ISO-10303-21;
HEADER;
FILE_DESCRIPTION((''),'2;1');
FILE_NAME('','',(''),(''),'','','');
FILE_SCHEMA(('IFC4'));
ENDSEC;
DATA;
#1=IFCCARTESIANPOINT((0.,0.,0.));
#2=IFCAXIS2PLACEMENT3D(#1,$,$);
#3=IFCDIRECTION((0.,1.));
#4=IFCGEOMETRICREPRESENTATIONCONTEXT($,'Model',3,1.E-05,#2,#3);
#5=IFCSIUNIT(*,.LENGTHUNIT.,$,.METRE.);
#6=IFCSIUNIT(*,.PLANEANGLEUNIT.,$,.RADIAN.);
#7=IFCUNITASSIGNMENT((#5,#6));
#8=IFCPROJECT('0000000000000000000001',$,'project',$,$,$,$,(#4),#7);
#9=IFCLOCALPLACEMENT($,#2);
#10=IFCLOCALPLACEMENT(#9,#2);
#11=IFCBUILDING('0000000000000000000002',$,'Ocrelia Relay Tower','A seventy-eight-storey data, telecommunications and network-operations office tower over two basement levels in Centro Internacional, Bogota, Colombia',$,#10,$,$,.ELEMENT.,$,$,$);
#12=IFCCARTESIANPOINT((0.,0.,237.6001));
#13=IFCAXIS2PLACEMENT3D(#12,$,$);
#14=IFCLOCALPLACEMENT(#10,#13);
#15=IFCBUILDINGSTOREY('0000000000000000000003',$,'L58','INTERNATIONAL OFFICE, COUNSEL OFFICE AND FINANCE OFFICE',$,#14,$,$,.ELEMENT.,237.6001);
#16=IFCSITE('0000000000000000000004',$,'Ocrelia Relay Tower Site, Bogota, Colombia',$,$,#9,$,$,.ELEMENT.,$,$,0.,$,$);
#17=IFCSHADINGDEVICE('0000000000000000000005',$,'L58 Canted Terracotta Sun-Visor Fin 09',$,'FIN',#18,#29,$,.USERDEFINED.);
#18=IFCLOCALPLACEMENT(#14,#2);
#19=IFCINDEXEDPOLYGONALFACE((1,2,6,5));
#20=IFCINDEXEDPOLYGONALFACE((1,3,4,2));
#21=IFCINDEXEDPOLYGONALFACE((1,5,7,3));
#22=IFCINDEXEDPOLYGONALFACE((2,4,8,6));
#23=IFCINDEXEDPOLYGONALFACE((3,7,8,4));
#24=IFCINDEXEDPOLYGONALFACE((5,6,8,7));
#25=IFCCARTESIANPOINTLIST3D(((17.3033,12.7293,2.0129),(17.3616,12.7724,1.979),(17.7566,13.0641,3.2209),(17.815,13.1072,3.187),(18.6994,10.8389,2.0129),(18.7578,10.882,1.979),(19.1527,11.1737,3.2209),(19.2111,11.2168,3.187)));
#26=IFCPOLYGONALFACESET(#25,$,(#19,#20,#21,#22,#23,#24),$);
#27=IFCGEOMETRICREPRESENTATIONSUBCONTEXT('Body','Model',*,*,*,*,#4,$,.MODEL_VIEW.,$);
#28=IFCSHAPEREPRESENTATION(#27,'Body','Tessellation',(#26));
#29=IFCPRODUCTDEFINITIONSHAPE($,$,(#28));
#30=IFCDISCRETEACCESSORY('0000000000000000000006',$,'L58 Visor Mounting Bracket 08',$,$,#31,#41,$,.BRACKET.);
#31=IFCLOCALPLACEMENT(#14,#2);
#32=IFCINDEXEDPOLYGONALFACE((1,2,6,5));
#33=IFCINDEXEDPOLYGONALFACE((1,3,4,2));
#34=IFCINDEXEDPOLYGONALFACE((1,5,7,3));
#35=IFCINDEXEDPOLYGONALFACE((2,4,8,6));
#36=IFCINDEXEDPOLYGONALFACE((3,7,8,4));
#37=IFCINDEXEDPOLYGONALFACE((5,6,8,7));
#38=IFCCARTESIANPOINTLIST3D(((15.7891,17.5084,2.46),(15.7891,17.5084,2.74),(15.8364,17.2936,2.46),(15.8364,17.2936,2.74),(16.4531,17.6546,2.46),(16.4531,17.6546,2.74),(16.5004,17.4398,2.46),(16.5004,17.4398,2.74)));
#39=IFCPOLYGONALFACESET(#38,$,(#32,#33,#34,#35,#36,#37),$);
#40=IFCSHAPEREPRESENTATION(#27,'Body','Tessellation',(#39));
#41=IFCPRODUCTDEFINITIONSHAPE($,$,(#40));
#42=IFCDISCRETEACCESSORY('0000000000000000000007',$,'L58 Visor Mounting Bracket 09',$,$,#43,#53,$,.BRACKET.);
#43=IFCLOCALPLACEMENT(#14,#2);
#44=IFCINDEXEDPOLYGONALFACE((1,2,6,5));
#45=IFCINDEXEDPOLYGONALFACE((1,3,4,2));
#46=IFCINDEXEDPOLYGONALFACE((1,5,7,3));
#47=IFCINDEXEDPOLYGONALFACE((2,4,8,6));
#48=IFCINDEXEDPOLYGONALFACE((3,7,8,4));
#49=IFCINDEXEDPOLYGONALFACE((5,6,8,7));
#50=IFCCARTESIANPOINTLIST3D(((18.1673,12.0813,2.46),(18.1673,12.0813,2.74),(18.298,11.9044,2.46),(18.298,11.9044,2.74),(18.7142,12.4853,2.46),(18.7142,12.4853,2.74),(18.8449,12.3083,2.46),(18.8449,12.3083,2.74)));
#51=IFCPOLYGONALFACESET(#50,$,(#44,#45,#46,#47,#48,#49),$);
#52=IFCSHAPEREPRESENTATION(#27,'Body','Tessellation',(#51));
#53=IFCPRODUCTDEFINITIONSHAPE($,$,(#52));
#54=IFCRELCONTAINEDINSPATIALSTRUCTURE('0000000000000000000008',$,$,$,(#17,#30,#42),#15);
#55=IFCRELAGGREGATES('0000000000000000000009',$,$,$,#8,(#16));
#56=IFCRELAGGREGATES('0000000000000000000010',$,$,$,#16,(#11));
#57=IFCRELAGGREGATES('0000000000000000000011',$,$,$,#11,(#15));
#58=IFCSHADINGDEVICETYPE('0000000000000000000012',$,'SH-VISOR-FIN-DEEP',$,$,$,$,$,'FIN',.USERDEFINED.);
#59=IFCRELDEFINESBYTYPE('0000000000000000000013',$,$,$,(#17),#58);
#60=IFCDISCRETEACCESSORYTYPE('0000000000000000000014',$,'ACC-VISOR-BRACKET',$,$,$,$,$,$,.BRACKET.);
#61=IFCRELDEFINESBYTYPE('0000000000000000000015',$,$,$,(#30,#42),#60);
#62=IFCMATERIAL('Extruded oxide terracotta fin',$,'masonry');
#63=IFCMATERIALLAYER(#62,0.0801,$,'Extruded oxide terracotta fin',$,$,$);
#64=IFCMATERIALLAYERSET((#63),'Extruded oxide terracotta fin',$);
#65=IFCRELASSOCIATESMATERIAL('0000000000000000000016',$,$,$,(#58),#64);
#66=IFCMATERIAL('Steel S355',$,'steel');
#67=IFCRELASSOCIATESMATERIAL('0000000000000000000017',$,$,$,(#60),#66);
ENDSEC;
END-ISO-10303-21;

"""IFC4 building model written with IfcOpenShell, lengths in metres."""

from ifc_helpers import new_model, si_unit, direction, frame, origin, origin_2d, place, context, subcontext, project, spatial, rectangle, extrude, material, layer, layer_set, type_object, element, save


model = new_model("IFC4")

# Units and contexts
model_context = context("Model", 3, precision=1e-05, world=origin(), true_north=direction((0.0, 1.0)))
body_context = subcontext(model_context, "Body", "Model", "MODEL_VIEW")
ifc_project = project(units=[si_unit("LENGTHUNIT", "METRE"), si_unit("PLANEANGLEUNIT", "RADIAN")], contexts=[model_context])

# Site, building, storey
site_placement = place(None, origin())
site = spatial("IfcSite", under=ifc_project, at=site_placement, Name="Ocrelia Relay Tower Site, Bogota, Colombia", CompositionType="ELEMENT", RefElevation=0.0)
building_placement = place(site_placement, origin())
building = spatial("IfcBuilding", under=site, at=building_placement, Name="Ocrelia Relay Tower", Description="A seventy-eight-storey data, telecommunications and network-operations office tower over two basement levels in Centro Internacional, Bogota, Colombia", CompositionType="ELEMENT")
storey_placement = place(building_placement, frame((0.0, 0.0, 237.6001)))
storey = spatial("IfcBuildingStorey", under=building, at=storey_placement, Name="L58", Description="INTERNATIONAL OFFICE, COUNSEL OFFICE AND FINANCE OFFICE", CompositionType="ELEMENT", Elevation=237.6001)

# Shared definitions
ifc_material_1 = material(Name="Steel S355", Category="steel")

# Shading device
ifc_material_2 = material(Name="Extruded oxide terracotta fin", Category="masonry")
ifc_layer_1 = layer(ifc_material_2, 0.0801, Name="Extruded oxide terracotta fin")
ifc_layer_set_1 = layer_set([ifc_layer_1], Name="Extruded oxide terracotta fin")
shading_device_type_1 = type_object("IfcShadingDeviceType", Name="SH-VISOR-FIN-DEEP", ElementType="FIN", PredefinedType="USERDEFINED", material=ifc_layer_set_1)
shading_device_1_placement = place(storey_placement, frame((18.2864, 11.9946, 2.583), z_axis=(-0.72898, -0.538375, 0.422776), x_axis=(0.59408, -0.804406, 0.0)))
element("IfcShadingDevice", 1, at=shading_device_1_placement, inside=storey, type_object=shading_device_type_1, Name="L58 Canted Terracotta Sun-Visor Fin 09", ObjectType="FIN", PredefinedType="USERDEFINED", context=body_context, shape_type="SweptSolid", body=[
    extrude(rectangle(XDim=2.3501, YDim=1.333, at=origin_2d()), origin(), (0.0, 0.0, 1.0), 0.0801),
])

# Discrete accessories
discrete_accessory_type = type_object("IfcDiscreteAccessoryType", Name="ACC-VISOR-BRACKET", PredefinedType="BRACKET", material=ifc_material_1)
for number, where, z_axis, x_axis, name in (
    (2, (16.1448, 17.4741, 2.46), (0.0, 0.0, 1.0), (0.215051, -0.976603, 0.0), "L58 Visor Mounting Bracket 08"),
    (3, (18.5061, 12.1948, 2.46), (0.0, 0.0, 1.0), (0.59408, -0.804406, 0.0), "L58 Visor Mounting Bracket 09"),
):
    element("IfcDiscreteAccessory", number, at=place(storey_placement, frame(where, z_axis=z_axis, x_axis=x_axis)), inside=storey, type_object=discrete_accessory_type, Name=name, PredefinedType="BRACKET", context=body_context, shape_type="SweptSolid", body=[
        extrude(rectangle(XDim=0.22, YDim=0.6799, at=origin_2d()), origin(), (0.0, 0.0, 1.0), 0.28),
    ])

save(model, "model.ifc")
